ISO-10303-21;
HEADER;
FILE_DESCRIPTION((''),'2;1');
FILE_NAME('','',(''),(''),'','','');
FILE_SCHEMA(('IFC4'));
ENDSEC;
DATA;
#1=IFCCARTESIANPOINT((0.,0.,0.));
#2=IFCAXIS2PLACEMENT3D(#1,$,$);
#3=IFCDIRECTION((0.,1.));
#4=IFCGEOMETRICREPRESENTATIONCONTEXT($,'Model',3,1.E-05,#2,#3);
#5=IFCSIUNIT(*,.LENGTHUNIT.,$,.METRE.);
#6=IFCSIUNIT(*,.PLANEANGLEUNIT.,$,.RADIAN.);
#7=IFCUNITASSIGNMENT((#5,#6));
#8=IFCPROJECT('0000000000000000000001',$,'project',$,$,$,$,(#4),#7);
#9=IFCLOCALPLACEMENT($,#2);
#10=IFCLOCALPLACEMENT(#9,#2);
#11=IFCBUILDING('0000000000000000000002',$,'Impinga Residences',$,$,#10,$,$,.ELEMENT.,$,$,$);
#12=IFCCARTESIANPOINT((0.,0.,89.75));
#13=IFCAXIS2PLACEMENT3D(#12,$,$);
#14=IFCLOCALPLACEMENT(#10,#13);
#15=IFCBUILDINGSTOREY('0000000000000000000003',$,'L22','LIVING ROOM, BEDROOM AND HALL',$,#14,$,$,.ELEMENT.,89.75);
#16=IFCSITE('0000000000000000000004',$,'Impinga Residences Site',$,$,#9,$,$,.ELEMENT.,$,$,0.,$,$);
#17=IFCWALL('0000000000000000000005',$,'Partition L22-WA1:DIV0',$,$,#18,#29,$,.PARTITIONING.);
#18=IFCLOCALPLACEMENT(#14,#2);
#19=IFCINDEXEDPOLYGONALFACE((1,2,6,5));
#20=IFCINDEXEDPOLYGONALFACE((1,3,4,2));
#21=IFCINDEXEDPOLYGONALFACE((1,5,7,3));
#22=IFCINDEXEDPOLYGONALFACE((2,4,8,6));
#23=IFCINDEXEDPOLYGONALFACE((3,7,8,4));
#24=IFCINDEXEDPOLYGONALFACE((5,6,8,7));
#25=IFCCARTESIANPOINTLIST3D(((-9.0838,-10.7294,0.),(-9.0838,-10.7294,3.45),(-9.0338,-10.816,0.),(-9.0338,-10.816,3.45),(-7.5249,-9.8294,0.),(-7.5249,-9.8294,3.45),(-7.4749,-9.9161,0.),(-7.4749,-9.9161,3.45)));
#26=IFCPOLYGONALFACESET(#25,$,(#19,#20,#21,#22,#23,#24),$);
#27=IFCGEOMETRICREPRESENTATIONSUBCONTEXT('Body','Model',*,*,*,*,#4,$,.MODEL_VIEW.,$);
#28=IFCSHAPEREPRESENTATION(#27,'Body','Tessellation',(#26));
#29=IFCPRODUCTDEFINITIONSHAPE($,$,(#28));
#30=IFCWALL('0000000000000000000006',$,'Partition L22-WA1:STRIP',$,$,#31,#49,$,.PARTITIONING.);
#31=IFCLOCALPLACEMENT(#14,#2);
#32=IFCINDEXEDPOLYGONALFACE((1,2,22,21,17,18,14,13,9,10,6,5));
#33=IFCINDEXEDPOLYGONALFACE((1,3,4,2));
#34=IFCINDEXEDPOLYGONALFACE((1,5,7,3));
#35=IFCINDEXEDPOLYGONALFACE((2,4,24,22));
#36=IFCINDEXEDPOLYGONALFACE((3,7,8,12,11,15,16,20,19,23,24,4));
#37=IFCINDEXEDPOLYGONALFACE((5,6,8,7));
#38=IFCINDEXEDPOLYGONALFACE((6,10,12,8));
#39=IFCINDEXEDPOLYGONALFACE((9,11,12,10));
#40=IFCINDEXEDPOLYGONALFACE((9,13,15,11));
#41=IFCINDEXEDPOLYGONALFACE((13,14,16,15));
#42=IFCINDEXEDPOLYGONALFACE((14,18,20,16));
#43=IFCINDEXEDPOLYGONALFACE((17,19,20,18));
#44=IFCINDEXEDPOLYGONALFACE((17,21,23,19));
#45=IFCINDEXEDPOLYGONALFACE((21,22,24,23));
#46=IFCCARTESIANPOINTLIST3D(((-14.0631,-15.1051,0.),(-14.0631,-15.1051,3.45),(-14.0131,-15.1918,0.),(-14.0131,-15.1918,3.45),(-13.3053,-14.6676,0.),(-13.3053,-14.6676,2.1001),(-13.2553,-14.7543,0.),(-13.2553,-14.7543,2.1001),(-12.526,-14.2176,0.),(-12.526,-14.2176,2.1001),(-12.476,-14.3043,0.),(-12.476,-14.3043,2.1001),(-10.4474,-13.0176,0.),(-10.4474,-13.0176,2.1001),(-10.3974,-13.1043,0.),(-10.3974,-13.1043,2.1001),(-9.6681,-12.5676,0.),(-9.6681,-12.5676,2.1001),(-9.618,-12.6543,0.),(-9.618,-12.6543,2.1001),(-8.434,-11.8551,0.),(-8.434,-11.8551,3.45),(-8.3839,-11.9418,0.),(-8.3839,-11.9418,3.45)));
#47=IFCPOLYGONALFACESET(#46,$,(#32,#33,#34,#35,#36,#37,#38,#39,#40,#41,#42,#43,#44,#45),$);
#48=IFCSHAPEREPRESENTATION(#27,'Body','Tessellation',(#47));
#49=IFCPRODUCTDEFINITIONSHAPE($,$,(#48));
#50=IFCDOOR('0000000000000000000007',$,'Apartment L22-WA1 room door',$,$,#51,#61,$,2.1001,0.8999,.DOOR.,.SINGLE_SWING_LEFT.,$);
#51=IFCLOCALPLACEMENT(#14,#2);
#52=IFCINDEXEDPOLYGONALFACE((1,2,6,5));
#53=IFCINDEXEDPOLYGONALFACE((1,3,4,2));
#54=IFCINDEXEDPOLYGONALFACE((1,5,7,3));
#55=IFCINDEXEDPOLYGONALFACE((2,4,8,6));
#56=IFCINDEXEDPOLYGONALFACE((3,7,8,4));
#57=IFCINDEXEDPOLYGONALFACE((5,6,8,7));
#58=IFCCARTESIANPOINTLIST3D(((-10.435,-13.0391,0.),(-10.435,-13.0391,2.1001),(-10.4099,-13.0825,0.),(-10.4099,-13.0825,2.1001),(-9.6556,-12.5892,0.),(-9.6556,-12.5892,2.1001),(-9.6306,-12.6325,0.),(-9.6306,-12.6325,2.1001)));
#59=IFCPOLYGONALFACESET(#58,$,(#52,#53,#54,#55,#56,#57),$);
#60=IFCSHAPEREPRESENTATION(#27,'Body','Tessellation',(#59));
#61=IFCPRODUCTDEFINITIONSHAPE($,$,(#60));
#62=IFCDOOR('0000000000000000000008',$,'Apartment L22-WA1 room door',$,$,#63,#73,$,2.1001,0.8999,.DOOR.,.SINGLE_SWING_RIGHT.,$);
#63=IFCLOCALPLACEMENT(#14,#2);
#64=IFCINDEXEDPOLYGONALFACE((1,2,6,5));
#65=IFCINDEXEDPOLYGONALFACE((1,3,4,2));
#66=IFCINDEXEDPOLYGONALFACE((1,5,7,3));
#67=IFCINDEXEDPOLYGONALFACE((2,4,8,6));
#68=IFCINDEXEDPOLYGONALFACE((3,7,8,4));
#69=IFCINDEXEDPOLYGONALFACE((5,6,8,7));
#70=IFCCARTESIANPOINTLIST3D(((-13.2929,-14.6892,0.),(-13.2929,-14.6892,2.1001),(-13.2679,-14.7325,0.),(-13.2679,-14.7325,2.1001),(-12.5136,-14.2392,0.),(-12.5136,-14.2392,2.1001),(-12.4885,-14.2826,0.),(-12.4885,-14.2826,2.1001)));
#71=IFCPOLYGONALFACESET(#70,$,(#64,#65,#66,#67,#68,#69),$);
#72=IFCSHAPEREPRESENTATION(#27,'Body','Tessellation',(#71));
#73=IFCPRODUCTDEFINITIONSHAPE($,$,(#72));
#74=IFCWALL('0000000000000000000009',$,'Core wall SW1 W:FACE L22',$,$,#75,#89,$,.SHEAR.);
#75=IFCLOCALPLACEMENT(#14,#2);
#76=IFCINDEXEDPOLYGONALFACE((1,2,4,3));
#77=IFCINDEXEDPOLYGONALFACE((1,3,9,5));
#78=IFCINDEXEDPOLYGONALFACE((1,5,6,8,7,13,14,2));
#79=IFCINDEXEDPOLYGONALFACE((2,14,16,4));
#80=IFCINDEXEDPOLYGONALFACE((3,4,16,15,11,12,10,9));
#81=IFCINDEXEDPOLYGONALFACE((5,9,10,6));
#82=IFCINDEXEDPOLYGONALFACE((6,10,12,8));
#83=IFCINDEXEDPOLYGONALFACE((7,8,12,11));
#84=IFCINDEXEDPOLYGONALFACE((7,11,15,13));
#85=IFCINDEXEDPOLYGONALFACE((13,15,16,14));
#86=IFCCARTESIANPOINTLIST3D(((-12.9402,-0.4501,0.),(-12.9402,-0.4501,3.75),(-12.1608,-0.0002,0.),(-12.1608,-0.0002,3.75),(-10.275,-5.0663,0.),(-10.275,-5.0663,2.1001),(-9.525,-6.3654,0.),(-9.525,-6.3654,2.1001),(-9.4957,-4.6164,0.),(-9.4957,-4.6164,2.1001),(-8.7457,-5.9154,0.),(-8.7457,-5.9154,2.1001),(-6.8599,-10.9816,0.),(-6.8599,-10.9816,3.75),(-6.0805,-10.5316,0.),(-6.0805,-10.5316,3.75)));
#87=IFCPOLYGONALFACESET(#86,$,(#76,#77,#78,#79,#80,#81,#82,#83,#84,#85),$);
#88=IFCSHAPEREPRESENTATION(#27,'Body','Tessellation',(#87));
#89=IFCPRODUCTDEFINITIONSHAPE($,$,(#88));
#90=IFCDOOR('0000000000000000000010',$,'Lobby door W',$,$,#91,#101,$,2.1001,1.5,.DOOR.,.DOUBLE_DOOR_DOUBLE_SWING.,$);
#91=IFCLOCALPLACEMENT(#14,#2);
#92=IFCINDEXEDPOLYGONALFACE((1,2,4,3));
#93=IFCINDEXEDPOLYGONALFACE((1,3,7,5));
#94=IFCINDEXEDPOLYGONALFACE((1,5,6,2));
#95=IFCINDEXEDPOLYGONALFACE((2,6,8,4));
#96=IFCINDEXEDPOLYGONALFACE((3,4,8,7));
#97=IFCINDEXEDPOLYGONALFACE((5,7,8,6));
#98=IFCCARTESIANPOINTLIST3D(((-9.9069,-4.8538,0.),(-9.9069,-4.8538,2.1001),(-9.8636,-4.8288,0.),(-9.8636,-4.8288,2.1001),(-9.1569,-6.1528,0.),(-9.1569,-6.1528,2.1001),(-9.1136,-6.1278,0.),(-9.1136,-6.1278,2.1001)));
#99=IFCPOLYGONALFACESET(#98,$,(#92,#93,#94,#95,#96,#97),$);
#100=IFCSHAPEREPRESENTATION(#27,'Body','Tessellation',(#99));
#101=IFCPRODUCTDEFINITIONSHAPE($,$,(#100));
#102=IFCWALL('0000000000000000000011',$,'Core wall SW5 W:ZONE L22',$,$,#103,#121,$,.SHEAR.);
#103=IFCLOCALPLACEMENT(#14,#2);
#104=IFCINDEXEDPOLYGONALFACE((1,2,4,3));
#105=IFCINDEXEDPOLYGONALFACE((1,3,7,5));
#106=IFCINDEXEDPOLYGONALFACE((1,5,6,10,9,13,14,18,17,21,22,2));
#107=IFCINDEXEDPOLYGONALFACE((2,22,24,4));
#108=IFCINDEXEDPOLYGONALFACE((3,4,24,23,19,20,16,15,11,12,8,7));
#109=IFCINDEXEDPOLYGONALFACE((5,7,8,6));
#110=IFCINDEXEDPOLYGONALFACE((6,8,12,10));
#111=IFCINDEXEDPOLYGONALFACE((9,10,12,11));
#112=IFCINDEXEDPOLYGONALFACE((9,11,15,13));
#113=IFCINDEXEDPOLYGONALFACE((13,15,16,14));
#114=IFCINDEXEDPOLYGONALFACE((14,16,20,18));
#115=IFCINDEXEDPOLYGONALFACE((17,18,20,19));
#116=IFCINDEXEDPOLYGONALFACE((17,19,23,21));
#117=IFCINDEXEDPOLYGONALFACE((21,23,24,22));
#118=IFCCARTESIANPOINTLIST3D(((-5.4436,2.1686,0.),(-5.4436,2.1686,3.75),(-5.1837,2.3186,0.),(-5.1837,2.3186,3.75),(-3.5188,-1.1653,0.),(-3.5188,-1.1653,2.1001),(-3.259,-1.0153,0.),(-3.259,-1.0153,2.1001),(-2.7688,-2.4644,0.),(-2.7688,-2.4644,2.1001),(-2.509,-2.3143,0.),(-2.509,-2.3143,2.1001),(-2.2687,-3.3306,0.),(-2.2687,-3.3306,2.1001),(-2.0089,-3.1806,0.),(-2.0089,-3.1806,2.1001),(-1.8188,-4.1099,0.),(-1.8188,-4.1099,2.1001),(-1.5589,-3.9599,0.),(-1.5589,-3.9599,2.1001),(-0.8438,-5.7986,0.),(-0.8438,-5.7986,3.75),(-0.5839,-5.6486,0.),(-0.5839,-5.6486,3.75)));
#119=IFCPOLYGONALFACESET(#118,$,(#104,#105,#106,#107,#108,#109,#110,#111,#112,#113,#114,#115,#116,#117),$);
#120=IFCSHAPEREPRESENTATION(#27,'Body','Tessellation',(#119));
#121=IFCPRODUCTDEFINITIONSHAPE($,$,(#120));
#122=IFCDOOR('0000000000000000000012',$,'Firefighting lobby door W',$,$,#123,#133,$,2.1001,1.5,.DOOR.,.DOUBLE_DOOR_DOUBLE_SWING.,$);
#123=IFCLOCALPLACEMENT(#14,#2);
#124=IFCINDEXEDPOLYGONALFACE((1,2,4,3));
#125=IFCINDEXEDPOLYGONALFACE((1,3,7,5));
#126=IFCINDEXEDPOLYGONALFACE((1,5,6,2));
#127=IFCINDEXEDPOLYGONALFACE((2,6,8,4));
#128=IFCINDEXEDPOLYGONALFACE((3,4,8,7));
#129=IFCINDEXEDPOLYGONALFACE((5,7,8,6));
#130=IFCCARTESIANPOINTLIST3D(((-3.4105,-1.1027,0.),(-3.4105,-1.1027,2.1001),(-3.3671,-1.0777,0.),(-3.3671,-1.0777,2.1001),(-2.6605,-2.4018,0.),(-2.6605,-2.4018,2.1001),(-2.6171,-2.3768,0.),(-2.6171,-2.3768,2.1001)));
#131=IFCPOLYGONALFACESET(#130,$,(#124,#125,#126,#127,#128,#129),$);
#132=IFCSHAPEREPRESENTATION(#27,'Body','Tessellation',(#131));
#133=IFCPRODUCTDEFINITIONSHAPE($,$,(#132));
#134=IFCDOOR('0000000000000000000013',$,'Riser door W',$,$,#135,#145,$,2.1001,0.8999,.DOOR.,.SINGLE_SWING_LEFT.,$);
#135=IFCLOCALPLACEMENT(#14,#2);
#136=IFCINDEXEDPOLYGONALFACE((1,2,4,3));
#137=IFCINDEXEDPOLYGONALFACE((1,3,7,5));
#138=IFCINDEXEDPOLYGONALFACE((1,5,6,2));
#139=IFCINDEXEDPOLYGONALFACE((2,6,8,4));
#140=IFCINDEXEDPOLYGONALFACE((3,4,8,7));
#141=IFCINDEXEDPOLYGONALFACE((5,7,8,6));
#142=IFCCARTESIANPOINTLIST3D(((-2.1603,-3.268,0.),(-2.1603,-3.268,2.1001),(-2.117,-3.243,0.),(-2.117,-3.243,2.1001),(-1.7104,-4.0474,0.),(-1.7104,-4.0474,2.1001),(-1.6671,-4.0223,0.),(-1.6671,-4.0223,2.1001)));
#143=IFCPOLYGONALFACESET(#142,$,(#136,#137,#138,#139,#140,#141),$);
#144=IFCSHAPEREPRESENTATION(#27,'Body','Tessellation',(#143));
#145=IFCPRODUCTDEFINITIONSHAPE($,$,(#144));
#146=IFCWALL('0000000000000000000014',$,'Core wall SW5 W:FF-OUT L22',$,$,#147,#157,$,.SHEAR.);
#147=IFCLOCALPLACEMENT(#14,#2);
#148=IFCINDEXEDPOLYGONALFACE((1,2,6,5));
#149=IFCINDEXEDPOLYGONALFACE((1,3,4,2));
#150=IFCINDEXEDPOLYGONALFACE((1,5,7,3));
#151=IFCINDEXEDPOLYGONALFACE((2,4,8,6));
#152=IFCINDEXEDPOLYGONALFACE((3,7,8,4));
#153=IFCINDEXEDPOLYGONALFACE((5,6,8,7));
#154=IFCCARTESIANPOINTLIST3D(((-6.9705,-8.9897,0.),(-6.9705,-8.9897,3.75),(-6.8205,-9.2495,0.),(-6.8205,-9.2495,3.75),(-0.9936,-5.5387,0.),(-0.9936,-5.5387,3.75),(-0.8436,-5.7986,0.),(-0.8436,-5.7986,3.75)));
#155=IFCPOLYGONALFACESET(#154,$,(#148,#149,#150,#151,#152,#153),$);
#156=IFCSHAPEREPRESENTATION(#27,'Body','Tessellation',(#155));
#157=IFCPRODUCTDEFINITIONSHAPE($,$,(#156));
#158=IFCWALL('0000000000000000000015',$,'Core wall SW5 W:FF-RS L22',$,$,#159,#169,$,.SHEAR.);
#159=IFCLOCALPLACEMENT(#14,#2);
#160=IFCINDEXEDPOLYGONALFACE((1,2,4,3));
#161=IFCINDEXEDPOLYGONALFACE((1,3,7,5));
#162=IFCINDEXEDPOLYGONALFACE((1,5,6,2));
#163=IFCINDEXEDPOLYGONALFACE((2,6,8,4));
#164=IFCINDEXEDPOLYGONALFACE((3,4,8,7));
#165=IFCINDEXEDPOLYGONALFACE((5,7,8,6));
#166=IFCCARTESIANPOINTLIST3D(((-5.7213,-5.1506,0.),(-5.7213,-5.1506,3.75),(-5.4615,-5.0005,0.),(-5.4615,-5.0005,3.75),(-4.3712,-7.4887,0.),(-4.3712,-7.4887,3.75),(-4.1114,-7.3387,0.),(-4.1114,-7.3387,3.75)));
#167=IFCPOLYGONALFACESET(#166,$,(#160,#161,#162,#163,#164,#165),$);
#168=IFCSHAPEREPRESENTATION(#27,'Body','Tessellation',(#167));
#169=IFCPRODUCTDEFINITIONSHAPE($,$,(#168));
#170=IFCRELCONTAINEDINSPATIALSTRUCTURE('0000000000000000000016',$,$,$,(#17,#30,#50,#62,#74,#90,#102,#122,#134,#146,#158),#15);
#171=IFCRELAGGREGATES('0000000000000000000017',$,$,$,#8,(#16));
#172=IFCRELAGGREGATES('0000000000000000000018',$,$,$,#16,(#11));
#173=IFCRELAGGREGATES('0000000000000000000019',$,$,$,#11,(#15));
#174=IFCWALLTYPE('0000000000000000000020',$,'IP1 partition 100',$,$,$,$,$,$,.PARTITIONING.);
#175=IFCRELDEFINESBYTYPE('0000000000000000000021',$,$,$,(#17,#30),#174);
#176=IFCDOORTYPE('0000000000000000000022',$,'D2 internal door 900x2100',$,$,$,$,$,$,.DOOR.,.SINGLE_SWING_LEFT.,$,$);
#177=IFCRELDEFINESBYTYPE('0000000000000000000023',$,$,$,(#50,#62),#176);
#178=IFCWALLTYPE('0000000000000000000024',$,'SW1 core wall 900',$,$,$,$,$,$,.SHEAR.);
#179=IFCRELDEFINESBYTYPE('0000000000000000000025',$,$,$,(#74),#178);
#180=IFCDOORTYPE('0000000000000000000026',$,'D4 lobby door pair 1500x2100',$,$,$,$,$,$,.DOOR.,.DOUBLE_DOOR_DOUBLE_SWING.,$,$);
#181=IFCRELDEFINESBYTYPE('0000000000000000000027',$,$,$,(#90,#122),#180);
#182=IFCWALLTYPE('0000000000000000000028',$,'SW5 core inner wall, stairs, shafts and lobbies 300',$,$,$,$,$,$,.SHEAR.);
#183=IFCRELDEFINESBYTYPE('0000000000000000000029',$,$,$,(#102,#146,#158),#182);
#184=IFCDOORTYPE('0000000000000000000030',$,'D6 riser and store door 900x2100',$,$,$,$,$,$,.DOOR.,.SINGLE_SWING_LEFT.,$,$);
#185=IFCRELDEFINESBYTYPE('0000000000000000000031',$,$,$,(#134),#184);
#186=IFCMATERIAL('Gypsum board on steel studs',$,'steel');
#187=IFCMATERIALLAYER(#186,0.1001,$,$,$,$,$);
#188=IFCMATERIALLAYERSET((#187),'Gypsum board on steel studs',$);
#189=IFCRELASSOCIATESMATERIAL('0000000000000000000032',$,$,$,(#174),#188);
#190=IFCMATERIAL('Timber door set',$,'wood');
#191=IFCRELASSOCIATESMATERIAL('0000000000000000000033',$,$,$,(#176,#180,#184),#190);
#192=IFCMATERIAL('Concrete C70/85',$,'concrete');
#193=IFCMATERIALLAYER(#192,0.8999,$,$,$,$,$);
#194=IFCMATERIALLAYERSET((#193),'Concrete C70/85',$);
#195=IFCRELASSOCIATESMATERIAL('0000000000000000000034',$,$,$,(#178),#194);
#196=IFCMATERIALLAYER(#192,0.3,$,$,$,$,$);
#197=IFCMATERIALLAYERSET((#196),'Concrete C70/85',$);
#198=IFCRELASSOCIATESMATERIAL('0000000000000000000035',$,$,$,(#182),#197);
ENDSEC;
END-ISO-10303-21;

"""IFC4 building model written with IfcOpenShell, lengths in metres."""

from ifc_helpers import new_model, si_unit, direction, frame, frame_2d, origin, place, context, subcontext, project, spatial, rectangle, extrude, material, layer, layer_set, type_object, element, fill, save


model = new_model("IFC4")

# Units and contexts
model_context = context("Model", 3, precision=1e-05, world=origin(), true_north=direction((0.0, 1.0)))
body_context = subcontext(model_context, "Body", "Model", "MODEL_VIEW")
ifc_project = project(units=[si_unit("LENGTHUNIT", "METRE"), si_unit("PLANEANGLEUNIT", "RADIAN")], contexts=[model_context])

# Site, building, storey
site_placement = place(None, origin())
site = spatial("IfcSite", under=ifc_project, at=site_placement, Name="Impinga Residences Site", CompositionType="ELEMENT", RefElevation=0.0)
building_placement = place(site_placement, origin())
building = spatial("IfcBuilding", under=site, at=building_placement, Name="Impinga Residences", CompositionType="ELEMENT")
storey_placement = place(building_placement, frame((0.0, 0.0, 89.75)))
storey = spatial("IfcBuildingStorey", under=building, at=storey_placement, Name="L22", Description="LIVING ROOM, BEDROOM AND HALL", CompositionType="ELEMENT", Elevation=89.75)

# Shared definitions
ifc_material_1 = material(Name="Concrete C70/85", Category="concrete")

# Wall
ifc_material_2 = material(Name="Gypsum board on steel studs", Category="steel")
ifc_layer_1 = layer(ifc_material_2, 0.1001)
ifc_layer_set_1 = layer_set([ifc_layer_1], Name="Gypsum board on steel studs")
wall_type_1 = type_object("IfcWallType", Name="IP1 partition 100", PredefinedType="PARTITIONING", material=ifc_layer_set_1)
wall_1_placement = place(storey_placement, frame((-7.5, -9.8728, 0.0), z_axis=(0.0, 0.0, 1.0), x_axis=(-0.866048, -0.499961, 0.0)))
element("IfcWall", 1, at=wall_1_placement, inside=storey, type_object=wall_type_1, Name="Partition L22-WA1:DIV0", PredefinedType="PARTITIONING", context=body_context, shape_type="SweptSolid", body=[
    extrude(rectangle(XDim=1.8, YDim=0.1001, at=frame_2d((0.8999, 0.0))), origin(), (0.0, 0.0, 1.0), 3.45),
])

# Wall, openings, doors
wall_2_placement = place(storey_placement, frame((-8.4089, -11.8984, 0.0), z_axis=(0.0, 0.0, 1.0), x_axis=(-0.866025, -0.500001, 0.0)))
wall_2 = element("IfcWall", 2, at=wall_2_placement, inside=storey, type_object=wall_type_1, Name="Partition L22-WA1:STRIP", PredefinedType="PARTITIONING", context=body_context, shape_type="SweptSolid", body=[
    extrude(rectangle(XDim=6.5, YDim=0.1001, at=frame_2d((3.25, 0.0))), origin(), (0.0, 0.0, 1.0), 3.45),
])
opening_1_placement = place(wall_2_placement, frame((1.425, 0.0, 0.0)))
opening_1 = element("IfcOpeningElement", 3, at=opening_1_placement, cuts=wall_2, PredefinedType="OPENING", context=body_context, shape_type="SweptSolid", body=[
    extrude(rectangle(XDim=0.8999, YDim=2.1001, at=frame_2d((0.45, 1.05))), frame((0.0, 0.0601, 0.0), z_axis=(0.0, -1.0, 0.0), x_axis=(1.0, 0.0, 0.0)), (0.0, 0.0, 1.0), 0.1201),
])
opening_2_placement = place(wall_2_placement, frame((4.7251, 0.0, 0.0)))
opening_2 = element("IfcOpeningElement", 4, at=opening_2_placement, cuts=wall_2, PredefinedType="OPENING", context=body_context, shape_type="SweptSolid", body=[
    extrude(rectangle(XDim=0.8999, YDim=2.1001, at=frame_2d((0.45, 1.05))), frame((0.0, 0.0601, 0.0), z_axis=(0.0, -1.0, 0.0), x_axis=(1.0, 0.0, 0.0)), (0.0, 0.0, 1.0), 0.1201),
])
ifc_material_3 = material(Name="Timber door set", Category="wood")
door_type_1 = type_object("IfcDoorType", Name="D2 internal door 900x2100", OperationType="SINGLE_SWING_LEFT", PredefinedType="DOOR", material=ifc_material_3)
door_1_placement = place(opening_1_placement, origin())
door_1 = element("IfcDoor", 5, at=door_1_placement, inside=storey, type_object=door_type_1, Name="Apartment L22-WA1 room door", OperationType="SINGLE_SWING_LEFT", OverallHeight=2.1001, OverallWidth=0.8999, PredefinedType="DOOR", context=body_context, shape_type="SweptSolid", body=[
    extrude(rectangle(XDim=0.8999, YDim=2.1001, at=frame_2d((0.45, 1.05))), frame((0.0, 0.0249, 0.0), z_axis=(0.0, -1.0, 0.0), x_axis=(1.0, 0.0, 0.0)), (0.0, 0.0, 1.0), 0.05),
])
fill(opening_1, door_1)
door_2_placement = place(opening_2_placement, origin())
door_2 = element("IfcDoor", 6, at=door_2_placement, inside=storey, type_object=door_type_1, Name="Apartment L22-WA1 room door", OperationType="SINGLE_SWING_RIGHT", OverallHeight=2.1001, OverallWidth=0.8999, PredefinedType="DOOR", context=body_context, shape_type="SweptSolid", body=[
    extrude(rectangle(XDim=0.8999, YDim=2.1001, at=frame_2d((0.45, 1.05))), frame((0.0, 0.0249, 0.0), z_axis=(0.0, -1.0, 0.0), x_axis=(1.0, 0.0, 0.0)), (0.0, 0.0, 1.0), 0.05),
])
fill(opening_2, door_2)

# Wall, opening, door
ifc_layer_2 = layer(ifc_material_1, 0.8999)
ifc_layer_set_2 = layer_set([ifc_layer_2], Name="Concrete C70/85")
wall_type_2 = type_object("IfcWallType", Name="SW1 core wall 900", PredefinedType="SHEAR", material=ifc_layer_set_2)
wall_3_placement = place(storey_placement, frame((-6.4702, -10.7566, 0.0), z_axis=(0.0, 0.0, 1.0), x_axis=(-0.499998, 0.866027, 0.0)))
wall_3 = element("IfcWall", 7, at=wall_3_placement, inside=storey, type_object=wall_type_2, Name="Core wall SW1 W:FACE L22", PredefinedType="SHEAR", context=body_context, shape_type="SweptSolid", body=[
    extrude(rectangle(XDim=12.1606, YDim=0.8999, at=frame_2d((6.0803, 0.0))), origin(), (0.0, 0.0, 1.0), 3.75),
])
opening_3_placement = place(wall_3_placement, frame((5.3303, 0.0, 0.0)))
opening_3 = element("IfcOpeningElement", 8, at=opening_3_placement, cuts=wall_3, PredefinedType="OPENING", context=body_context, shape_type="SweptSolid", body=[
    extrude(rectangle(XDim=1.5, YDim=2.1001, at=frame_2d((0.75, 1.05))), frame((0.0, 0.46, 0.0), z_axis=(0.0, -1.0, 0.0), x_axis=(1.0, 0.0, 0.0)), (0.0, 0.0, 1.0), 0.9199),
])
door_type_2 = type_object("IfcDoorType", Name="D4 lobby door pair 1500x2100", OperationType="DOUBLE_DOOR_DOUBLE_SWING", PredefinedType="DOOR", material=ifc_material_3)
door_3_placement = place(opening_3_placement, origin())
door_3 = element("IfcDoor", 9, at=door_3_placement, inside=storey, type_object=door_type_2, Name="Lobby door W", OperationType="DOUBLE_DOOR_DOUBLE_SWING", OverallHeight=2.1001, OverallWidth=1.5, PredefinedType="DOOR", context=body_context, shape_type="SweptSolid", body=[
    extrude(rectangle(XDim=1.5, YDim=2.1001, at=frame_2d((0.75, 1.05))), frame((0.0, 0.0249, 0.0), z_axis=(0.0, -1.0, 0.0), x_axis=(1.0, 0.0, 0.0)), (0.0, 0.0, 1.0), 0.05),
])
fill(opening_3, door_3)

# Wall, openings, doors
ifc_layer_3 = layer(ifc_material_1, 0.3)
ifc_layer_set_3 = layer_set([ifc_layer_3], Name="Concrete C70/85")
wall_type_3 = type_object("IfcWallType", Name="SW5 core inner wall, stairs, shafts and lobbies 300", PredefinedType="SHEAR", material=ifc_layer_set_3)
wall_4_placement = place(storey_placement, frame((-0.7139, -5.7236, 0.0), z_axis=(0.0, 0.0, 1.0), x_axis=(-0.499995, 0.866028, 0.0)))
wall_4 = element("IfcWall", 10, at=wall_4_placement, inside=storey, type_object=wall_type_3, Name="Core wall SW5 W:ZONE L22", PredefinedType="SHEAR", context=body_context, shape_type="SweptSolid", body=[
    extrude(rectangle(XDim=9.1997, YDim=0.3, at=frame_2d((4.5999, 0.0))), origin(), (0.0, 0.0, 1.0), 3.75),
])
opening_4_placement = place(wall_4_placement, frame((3.8501, 0.0, 0.0)))
opening_4 = element("IfcOpeningElement", 11, at=opening_4_placement, cuts=wall_4, PredefinedType="OPENING", context=body_context, shape_type="SweptSolid", body=[
    extrude(rectangle(XDim=1.5, YDim=2.1001, at=frame_2d((0.75, 1.05))), frame((0.0, 0.1599, 0.0), z_axis=(0.0, -1.0, 0.0), x_axis=(1.0, 0.0, 0.0)), (0.0, 0.0, 1.0), 0.3201),
])
opening_5_placement = place(wall_4_placement, frame((1.95, 0.0, 0.0)))
opening_5 = element("IfcOpeningElement", 12, at=opening_5_placement, cuts=wall_4, PredefinedType="OPENING", context=body_context, shape_type="SweptSolid", body=[
    extrude(rectangle(XDim=0.8999, YDim=2.1001, at=frame_2d((0.45, 1.05))), frame((0.0, 0.1599, 0.0), z_axis=(0.0, -1.0, 0.0), x_axis=(1.0, 0.0, 0.0)), (0.0, 0.0, 1.0), 0.3201),
])
door_4_placement = place(opening_4_placement, origin())
door_4 = element("IfcDoor", 13, at=door_4_placement, inside=storey, type_object=door_type_2, Name="Firefighting lobby door W", OperationType="DOUBLE_DOOR_DOUBLE_SWING", OverallHeight=2.1001, OverallWidth=1.5, PredefinedType="DOOR", context=body_context, shape_type="SweptSolid", body=[
    extrude(rectangle(XDim=1.5, YDim=2.1001, at=frame_2d((0.75, 1.05))), frame((0.0, 0.0249, 0.0), z_axis=(0.0, -1.0, 0.0), x_axis=(1.0, 0.0, 0.0)), (0.0, 0.0, 1.0), 0.05),
])
fill(opening_4, door_4)
door_type_3 = type_object("IfcDoorType", Name="D6 riser and store door 900x2100", OperationType="SINGLE_SWING_LEFT", PredefinedType="DOOR", material=ifc_material_3)
door_5_placement = place(opening_5_placement, origin())
door_5 = element("IfcDoor", 14, at=door_5_placement, inside=storey, type_object=door_type_3, Name="Riser door W", OperationType="SINGLE_SWING_LEFT", OverallHeight=2.1001, OverallWidth=0.8999, PredefinedType="DOOR", context=body_context, shape_type="SweptSolid", body=[
    extrude(rectangle(XDim=0.8999, YDim=2.1001, at=frame_2d((0.45, 1.05))), frame((0.0, 0.0249, 0.0), z_axis=(0.0, -1.0, 0.0), x_axis=(1.0, 0.0, 0.0)), (0.0, 0.0, 1.0), 0.05),
])
fill(opening_5, door_5)

# Walls
wall_5_placement = place(storey_placement, frame((-0.9187, -5.6687, 0.0), z_axis=(0.0, 0.0, 1.0), x_axis=(-0.866012, -0.500024, 0.0)))
element("IfcWall", 15, at=wall_5_placement, inside=storey, type_object=wall_type_3, Name="Core wall SW5 W:FF-OUT L22", PredefinedType="SHEAR", context=body_context, shape_type="SweptSolid", body=[
    extrude(rectangle(XDim=6.9016, YDim=0.3, at=frame_2d((3.4507, 0.0))), origin(), (0.0, 0.0, 1.0), 3.75),
])
wall_6_placement = place(storey_placement, frame((-4.2412, -7.4138, 0.0), z_axis=(0.0, 0.0, 1.0), x_axis=(-0.500049, 0.865997, 0.0)))
element("IfcWall", 16, at=wall_6_placement, inside=storey, type_object=wall_type_3, Name="Core wall SW5 W:FF-RS L22", PredefinedType="SHEAR", context=body_context, shape_type="SweptSolid", body=[
    extrude(rectangle(XDim=2.7, YDim=0.3, at=frame_2d((1.3501, 0.0))), origin(), (0.0, 0.0, 1.0), 3.75),
])

save(model, "model.ifc")
